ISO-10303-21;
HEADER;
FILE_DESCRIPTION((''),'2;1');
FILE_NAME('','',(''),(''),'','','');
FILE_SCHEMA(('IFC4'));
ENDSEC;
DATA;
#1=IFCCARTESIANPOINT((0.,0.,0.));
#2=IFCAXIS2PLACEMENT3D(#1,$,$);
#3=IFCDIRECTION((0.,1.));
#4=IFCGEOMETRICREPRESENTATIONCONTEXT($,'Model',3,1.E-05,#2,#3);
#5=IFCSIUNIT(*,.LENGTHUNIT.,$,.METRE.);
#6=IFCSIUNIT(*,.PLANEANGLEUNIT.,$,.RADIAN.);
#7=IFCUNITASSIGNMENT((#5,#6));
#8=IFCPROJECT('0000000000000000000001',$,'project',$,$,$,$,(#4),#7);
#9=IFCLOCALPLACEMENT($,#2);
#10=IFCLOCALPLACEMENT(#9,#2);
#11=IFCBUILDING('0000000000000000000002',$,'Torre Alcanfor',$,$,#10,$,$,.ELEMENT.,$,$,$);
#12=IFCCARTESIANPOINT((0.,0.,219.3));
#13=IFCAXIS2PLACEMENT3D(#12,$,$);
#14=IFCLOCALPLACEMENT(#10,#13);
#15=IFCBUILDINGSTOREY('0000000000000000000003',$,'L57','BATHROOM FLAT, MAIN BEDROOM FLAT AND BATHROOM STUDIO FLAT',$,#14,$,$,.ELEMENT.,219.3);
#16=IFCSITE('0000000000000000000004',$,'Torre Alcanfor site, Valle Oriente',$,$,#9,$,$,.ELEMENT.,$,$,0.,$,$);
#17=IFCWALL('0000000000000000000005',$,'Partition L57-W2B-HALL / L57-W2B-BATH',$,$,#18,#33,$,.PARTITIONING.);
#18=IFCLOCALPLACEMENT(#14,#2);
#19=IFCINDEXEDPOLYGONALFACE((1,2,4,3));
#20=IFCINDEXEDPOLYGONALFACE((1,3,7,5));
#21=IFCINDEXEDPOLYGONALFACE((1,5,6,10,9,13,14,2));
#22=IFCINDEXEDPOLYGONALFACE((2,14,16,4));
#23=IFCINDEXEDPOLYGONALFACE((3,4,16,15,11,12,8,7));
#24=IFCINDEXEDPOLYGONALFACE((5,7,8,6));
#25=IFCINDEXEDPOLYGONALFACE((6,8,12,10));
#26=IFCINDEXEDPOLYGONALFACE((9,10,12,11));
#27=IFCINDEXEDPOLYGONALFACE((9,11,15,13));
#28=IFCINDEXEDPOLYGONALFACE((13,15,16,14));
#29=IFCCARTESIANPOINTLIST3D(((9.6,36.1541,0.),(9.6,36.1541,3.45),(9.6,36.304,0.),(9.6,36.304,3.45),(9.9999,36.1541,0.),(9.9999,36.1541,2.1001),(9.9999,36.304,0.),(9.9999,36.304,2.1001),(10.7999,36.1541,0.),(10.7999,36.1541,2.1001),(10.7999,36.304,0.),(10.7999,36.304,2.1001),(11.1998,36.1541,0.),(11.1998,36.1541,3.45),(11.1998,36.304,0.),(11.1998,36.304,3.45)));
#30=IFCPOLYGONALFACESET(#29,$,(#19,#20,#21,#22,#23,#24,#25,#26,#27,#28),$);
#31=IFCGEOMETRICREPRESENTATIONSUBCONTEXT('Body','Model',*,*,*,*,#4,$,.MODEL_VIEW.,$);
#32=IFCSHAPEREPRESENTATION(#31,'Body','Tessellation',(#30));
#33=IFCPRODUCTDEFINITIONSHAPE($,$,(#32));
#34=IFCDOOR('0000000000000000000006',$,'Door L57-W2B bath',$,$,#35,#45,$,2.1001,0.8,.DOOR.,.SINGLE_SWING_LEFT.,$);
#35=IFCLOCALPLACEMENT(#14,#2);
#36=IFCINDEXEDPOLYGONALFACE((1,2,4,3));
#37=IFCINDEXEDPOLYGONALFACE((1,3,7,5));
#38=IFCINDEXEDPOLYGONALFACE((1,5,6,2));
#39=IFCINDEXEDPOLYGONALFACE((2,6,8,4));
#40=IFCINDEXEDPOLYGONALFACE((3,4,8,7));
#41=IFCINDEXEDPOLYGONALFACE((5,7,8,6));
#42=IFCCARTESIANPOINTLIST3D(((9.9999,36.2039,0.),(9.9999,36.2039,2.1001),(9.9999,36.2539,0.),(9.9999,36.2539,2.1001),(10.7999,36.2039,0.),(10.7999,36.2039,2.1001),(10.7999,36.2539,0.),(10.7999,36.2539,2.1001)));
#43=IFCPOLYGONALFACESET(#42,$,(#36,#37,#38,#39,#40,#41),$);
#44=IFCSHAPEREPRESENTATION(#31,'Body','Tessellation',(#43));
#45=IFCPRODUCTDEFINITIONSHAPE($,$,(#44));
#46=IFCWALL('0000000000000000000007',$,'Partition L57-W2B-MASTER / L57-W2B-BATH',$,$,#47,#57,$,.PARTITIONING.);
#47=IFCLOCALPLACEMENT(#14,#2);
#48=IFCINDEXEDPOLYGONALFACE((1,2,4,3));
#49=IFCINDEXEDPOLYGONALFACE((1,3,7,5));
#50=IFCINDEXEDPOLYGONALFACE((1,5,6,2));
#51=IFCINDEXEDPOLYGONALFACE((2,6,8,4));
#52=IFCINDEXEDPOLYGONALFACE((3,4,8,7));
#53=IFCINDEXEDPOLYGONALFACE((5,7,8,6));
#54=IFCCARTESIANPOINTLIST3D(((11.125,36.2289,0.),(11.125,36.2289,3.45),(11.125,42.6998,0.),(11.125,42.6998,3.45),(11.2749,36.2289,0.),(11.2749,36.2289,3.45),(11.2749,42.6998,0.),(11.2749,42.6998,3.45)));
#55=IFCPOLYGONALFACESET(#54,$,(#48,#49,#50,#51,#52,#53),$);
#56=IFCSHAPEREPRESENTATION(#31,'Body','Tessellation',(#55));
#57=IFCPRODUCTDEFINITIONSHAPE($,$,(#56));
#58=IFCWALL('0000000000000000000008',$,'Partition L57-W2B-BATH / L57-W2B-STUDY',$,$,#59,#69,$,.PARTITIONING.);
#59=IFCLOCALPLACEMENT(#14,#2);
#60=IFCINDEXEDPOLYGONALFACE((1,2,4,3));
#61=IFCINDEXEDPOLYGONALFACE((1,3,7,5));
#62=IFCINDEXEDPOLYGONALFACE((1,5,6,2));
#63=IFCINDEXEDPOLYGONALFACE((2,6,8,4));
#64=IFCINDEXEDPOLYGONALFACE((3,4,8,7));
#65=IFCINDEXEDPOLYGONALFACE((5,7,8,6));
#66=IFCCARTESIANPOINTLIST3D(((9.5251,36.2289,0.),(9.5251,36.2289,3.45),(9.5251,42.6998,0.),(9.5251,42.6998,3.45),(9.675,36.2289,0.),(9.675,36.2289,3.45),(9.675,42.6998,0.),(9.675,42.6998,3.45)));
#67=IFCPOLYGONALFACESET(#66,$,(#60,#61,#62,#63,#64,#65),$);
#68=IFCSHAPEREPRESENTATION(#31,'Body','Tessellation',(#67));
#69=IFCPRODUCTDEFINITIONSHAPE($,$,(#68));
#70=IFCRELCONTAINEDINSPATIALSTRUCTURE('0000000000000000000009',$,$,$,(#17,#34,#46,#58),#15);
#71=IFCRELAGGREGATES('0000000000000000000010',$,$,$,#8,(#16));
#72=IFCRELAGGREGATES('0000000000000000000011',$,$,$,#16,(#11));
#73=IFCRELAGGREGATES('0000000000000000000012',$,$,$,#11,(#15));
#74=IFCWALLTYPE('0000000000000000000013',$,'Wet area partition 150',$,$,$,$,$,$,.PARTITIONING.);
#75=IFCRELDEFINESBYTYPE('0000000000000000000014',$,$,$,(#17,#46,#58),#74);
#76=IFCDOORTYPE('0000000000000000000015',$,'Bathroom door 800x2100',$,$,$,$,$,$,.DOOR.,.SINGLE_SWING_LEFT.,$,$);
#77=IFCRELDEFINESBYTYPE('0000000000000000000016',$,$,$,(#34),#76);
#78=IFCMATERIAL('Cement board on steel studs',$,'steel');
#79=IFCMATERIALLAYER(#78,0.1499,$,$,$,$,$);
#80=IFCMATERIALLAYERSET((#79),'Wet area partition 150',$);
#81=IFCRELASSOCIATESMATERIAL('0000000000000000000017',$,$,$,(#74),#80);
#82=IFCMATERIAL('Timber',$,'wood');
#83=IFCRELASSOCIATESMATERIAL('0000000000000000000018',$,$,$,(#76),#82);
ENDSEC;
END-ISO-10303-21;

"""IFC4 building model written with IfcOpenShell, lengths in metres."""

from ifc_helpers import new_model, si_unit, direction, frame, frame_2d, origin, place, context, subcontext, project, spatial, rectangle, extrude, material, layer, layer_set, type_object, element, fill, save


model = new_model("IFC4")

# Units and contexts
model_context = context("Model", 3, precision=1e-05, world=origin(), true_north=direction((0.0, 1.0)))
body_context = subcontext(model_context, "Body", "Model", "MODEL_VIEW")
ifc_project = project(units=[si_unit("LENGTHUNIT", "METRE"), si_unit("PLANEANGLEUNIT", "RADIAN")], contexts=[model_context])

# Site, building, storey
site_placement = place(None, origin())
site = spatial("IfcSite", under=ifc_project, at=site_placement, Name="Torre Alcanfor site, Valle Oriente", CompositionType="ELEMENT", RefElevation=0.0)
building_placement = place(site_placement, origin())
building = spatial("IfcBuilding", under=site, at=building_placement, Name="Torre Alcanfor", CompositionType="ELEMENT")
storey_placement = place(building_placement, frame((0.0, 0.0, 219.3)))
storey = spatial("IfcBuildingStorey", under=building, at=storey_placement, Name="L57", Description="BATHROOM FLAT, MAIN BEDROOM FLAT AND BATHROOM STUDIO FLAT", CompositionType="ELEMENT", Elevation=219.3)

# Wall, opening, door
ifc_material_1 = material(Name="Cement board on steel studs", Category="steel")
ifc_layer_1 = layer(ifc_material_1, 0.1499)
ifc_layer_set_1 = layer_set([ifc_layer_1], Name="Wet area partition 150")
wall_type_1 = type_object("IfcWallType", Name="Wet area partition 150", PredefinedType="PARTITIONING", material=ifc_layer_set_1)
wall_1_placement = place(storey_placement, frame((9.6001, 36.229, 0.0), z_axis=(0.0, 0.0, 1.0), x_axis=(1.0, 0.0, 0.0)))
wall_1 = element("IfcWall", 1, at=wall_1_placement, inside=storey, type_object=wall_type_1, Name="Partition L57-W2B-HALL / L57-W2B-BATH", PredefinedType="PARTITIONING", context=body_context, shape_type="SweptSolid", body=[
    extrude(rectangle(XDim=1.5999, YDim=0.1499, at=frame_2d((0.7998, 0.0))), origin(), (0.0, 0.0, 1.0), 3.45),
])
opening_1_placement = place(wall_1_placement, frame((0.3999, 0.0, 0.0)))
opening_1 = element("IfcOpeningElement", 2, at=opening_1_placement, cuts=wall_1, PredefinedType="OPENING", context=body_context, shape_type="SweptSolid", body=[
    extrude(rectangle(XDim=0.8, YDim=2.1001, at=frame_2d((0.3999, 1.05))), frame((0.0, 0.085, 0.0), z_axis=(0.0, -1.0, 0.0), x_axis=(1.0, 0.0, 0.0)), (0.0, 0.0, 1.0), 0.1699),
])
ifc_material_2 = material(Name="Timber", Category="wood")
door_type_1 = type_object("IfcDoorType", Name="Bathroom door 800x2100", OperationType="SINGLE_SWING_LEFT", PredefinedType="DOOR", material=ifc_material_2)
door_1_placement = place(opening_1_placement, origin())
door_1 = element("IfcDoor", 3, at=door_1_placement, inside=storey, type_object=door_type_1, Name="Door L57-W2B bath", OperationType="SINGLE_SWING_LEFT", OverallHeight=2.1001, OverallWidth=0.8, PredefinedType="DOOR", context=body_context, shape_type="SweptSolid", body=[
    extrude(rectangle(XDim=0.8, YDim=2.1001, at=frame_2d((0.3999, 1.05))), frame((0.0, 0.0249, 0.0), z_axis=(0.0, -1.0, 0.0), x_axis=(1.0, 0.0, 0.0)), (0.0, 0.0, 1.0), 0.05),
])
fill(opening_1, door_1)

# Walls
for number, where, z_axis, x_axis, name in (
    (4, (11.2, 36.229, 0.0), (0.0, 0.0, 1.0), (0.0, 1.0, 0.0), "Partition L57-W2B-MASTER / L57-W2B-BATH"),
    (5, (9.6001, 36.229, 0.0), (0.0, 0.0, 1.0), (0.0, 1.0, 0.0), "Partition L57-W2B-BATH / L57-W2B-STUDY"),
):
    element("IfcWall", number, at=place(storey_placement, frame(where, z_axis=z_axis, x_axis=x_axis)), inside=storey, type_object=wall_type_1, Name=name, PredefinedType="PARTITIONING", context=body_context, shape_type="SweptSolid", body=[
        extrude(rectangle(XDim=6.4709, YDim=0.1499, at=frame_2d((3.2354, 0.0))), origin(), (0.0, 0.0, 1.0), 3.45),
    ])

save(model, "model.ifc")
